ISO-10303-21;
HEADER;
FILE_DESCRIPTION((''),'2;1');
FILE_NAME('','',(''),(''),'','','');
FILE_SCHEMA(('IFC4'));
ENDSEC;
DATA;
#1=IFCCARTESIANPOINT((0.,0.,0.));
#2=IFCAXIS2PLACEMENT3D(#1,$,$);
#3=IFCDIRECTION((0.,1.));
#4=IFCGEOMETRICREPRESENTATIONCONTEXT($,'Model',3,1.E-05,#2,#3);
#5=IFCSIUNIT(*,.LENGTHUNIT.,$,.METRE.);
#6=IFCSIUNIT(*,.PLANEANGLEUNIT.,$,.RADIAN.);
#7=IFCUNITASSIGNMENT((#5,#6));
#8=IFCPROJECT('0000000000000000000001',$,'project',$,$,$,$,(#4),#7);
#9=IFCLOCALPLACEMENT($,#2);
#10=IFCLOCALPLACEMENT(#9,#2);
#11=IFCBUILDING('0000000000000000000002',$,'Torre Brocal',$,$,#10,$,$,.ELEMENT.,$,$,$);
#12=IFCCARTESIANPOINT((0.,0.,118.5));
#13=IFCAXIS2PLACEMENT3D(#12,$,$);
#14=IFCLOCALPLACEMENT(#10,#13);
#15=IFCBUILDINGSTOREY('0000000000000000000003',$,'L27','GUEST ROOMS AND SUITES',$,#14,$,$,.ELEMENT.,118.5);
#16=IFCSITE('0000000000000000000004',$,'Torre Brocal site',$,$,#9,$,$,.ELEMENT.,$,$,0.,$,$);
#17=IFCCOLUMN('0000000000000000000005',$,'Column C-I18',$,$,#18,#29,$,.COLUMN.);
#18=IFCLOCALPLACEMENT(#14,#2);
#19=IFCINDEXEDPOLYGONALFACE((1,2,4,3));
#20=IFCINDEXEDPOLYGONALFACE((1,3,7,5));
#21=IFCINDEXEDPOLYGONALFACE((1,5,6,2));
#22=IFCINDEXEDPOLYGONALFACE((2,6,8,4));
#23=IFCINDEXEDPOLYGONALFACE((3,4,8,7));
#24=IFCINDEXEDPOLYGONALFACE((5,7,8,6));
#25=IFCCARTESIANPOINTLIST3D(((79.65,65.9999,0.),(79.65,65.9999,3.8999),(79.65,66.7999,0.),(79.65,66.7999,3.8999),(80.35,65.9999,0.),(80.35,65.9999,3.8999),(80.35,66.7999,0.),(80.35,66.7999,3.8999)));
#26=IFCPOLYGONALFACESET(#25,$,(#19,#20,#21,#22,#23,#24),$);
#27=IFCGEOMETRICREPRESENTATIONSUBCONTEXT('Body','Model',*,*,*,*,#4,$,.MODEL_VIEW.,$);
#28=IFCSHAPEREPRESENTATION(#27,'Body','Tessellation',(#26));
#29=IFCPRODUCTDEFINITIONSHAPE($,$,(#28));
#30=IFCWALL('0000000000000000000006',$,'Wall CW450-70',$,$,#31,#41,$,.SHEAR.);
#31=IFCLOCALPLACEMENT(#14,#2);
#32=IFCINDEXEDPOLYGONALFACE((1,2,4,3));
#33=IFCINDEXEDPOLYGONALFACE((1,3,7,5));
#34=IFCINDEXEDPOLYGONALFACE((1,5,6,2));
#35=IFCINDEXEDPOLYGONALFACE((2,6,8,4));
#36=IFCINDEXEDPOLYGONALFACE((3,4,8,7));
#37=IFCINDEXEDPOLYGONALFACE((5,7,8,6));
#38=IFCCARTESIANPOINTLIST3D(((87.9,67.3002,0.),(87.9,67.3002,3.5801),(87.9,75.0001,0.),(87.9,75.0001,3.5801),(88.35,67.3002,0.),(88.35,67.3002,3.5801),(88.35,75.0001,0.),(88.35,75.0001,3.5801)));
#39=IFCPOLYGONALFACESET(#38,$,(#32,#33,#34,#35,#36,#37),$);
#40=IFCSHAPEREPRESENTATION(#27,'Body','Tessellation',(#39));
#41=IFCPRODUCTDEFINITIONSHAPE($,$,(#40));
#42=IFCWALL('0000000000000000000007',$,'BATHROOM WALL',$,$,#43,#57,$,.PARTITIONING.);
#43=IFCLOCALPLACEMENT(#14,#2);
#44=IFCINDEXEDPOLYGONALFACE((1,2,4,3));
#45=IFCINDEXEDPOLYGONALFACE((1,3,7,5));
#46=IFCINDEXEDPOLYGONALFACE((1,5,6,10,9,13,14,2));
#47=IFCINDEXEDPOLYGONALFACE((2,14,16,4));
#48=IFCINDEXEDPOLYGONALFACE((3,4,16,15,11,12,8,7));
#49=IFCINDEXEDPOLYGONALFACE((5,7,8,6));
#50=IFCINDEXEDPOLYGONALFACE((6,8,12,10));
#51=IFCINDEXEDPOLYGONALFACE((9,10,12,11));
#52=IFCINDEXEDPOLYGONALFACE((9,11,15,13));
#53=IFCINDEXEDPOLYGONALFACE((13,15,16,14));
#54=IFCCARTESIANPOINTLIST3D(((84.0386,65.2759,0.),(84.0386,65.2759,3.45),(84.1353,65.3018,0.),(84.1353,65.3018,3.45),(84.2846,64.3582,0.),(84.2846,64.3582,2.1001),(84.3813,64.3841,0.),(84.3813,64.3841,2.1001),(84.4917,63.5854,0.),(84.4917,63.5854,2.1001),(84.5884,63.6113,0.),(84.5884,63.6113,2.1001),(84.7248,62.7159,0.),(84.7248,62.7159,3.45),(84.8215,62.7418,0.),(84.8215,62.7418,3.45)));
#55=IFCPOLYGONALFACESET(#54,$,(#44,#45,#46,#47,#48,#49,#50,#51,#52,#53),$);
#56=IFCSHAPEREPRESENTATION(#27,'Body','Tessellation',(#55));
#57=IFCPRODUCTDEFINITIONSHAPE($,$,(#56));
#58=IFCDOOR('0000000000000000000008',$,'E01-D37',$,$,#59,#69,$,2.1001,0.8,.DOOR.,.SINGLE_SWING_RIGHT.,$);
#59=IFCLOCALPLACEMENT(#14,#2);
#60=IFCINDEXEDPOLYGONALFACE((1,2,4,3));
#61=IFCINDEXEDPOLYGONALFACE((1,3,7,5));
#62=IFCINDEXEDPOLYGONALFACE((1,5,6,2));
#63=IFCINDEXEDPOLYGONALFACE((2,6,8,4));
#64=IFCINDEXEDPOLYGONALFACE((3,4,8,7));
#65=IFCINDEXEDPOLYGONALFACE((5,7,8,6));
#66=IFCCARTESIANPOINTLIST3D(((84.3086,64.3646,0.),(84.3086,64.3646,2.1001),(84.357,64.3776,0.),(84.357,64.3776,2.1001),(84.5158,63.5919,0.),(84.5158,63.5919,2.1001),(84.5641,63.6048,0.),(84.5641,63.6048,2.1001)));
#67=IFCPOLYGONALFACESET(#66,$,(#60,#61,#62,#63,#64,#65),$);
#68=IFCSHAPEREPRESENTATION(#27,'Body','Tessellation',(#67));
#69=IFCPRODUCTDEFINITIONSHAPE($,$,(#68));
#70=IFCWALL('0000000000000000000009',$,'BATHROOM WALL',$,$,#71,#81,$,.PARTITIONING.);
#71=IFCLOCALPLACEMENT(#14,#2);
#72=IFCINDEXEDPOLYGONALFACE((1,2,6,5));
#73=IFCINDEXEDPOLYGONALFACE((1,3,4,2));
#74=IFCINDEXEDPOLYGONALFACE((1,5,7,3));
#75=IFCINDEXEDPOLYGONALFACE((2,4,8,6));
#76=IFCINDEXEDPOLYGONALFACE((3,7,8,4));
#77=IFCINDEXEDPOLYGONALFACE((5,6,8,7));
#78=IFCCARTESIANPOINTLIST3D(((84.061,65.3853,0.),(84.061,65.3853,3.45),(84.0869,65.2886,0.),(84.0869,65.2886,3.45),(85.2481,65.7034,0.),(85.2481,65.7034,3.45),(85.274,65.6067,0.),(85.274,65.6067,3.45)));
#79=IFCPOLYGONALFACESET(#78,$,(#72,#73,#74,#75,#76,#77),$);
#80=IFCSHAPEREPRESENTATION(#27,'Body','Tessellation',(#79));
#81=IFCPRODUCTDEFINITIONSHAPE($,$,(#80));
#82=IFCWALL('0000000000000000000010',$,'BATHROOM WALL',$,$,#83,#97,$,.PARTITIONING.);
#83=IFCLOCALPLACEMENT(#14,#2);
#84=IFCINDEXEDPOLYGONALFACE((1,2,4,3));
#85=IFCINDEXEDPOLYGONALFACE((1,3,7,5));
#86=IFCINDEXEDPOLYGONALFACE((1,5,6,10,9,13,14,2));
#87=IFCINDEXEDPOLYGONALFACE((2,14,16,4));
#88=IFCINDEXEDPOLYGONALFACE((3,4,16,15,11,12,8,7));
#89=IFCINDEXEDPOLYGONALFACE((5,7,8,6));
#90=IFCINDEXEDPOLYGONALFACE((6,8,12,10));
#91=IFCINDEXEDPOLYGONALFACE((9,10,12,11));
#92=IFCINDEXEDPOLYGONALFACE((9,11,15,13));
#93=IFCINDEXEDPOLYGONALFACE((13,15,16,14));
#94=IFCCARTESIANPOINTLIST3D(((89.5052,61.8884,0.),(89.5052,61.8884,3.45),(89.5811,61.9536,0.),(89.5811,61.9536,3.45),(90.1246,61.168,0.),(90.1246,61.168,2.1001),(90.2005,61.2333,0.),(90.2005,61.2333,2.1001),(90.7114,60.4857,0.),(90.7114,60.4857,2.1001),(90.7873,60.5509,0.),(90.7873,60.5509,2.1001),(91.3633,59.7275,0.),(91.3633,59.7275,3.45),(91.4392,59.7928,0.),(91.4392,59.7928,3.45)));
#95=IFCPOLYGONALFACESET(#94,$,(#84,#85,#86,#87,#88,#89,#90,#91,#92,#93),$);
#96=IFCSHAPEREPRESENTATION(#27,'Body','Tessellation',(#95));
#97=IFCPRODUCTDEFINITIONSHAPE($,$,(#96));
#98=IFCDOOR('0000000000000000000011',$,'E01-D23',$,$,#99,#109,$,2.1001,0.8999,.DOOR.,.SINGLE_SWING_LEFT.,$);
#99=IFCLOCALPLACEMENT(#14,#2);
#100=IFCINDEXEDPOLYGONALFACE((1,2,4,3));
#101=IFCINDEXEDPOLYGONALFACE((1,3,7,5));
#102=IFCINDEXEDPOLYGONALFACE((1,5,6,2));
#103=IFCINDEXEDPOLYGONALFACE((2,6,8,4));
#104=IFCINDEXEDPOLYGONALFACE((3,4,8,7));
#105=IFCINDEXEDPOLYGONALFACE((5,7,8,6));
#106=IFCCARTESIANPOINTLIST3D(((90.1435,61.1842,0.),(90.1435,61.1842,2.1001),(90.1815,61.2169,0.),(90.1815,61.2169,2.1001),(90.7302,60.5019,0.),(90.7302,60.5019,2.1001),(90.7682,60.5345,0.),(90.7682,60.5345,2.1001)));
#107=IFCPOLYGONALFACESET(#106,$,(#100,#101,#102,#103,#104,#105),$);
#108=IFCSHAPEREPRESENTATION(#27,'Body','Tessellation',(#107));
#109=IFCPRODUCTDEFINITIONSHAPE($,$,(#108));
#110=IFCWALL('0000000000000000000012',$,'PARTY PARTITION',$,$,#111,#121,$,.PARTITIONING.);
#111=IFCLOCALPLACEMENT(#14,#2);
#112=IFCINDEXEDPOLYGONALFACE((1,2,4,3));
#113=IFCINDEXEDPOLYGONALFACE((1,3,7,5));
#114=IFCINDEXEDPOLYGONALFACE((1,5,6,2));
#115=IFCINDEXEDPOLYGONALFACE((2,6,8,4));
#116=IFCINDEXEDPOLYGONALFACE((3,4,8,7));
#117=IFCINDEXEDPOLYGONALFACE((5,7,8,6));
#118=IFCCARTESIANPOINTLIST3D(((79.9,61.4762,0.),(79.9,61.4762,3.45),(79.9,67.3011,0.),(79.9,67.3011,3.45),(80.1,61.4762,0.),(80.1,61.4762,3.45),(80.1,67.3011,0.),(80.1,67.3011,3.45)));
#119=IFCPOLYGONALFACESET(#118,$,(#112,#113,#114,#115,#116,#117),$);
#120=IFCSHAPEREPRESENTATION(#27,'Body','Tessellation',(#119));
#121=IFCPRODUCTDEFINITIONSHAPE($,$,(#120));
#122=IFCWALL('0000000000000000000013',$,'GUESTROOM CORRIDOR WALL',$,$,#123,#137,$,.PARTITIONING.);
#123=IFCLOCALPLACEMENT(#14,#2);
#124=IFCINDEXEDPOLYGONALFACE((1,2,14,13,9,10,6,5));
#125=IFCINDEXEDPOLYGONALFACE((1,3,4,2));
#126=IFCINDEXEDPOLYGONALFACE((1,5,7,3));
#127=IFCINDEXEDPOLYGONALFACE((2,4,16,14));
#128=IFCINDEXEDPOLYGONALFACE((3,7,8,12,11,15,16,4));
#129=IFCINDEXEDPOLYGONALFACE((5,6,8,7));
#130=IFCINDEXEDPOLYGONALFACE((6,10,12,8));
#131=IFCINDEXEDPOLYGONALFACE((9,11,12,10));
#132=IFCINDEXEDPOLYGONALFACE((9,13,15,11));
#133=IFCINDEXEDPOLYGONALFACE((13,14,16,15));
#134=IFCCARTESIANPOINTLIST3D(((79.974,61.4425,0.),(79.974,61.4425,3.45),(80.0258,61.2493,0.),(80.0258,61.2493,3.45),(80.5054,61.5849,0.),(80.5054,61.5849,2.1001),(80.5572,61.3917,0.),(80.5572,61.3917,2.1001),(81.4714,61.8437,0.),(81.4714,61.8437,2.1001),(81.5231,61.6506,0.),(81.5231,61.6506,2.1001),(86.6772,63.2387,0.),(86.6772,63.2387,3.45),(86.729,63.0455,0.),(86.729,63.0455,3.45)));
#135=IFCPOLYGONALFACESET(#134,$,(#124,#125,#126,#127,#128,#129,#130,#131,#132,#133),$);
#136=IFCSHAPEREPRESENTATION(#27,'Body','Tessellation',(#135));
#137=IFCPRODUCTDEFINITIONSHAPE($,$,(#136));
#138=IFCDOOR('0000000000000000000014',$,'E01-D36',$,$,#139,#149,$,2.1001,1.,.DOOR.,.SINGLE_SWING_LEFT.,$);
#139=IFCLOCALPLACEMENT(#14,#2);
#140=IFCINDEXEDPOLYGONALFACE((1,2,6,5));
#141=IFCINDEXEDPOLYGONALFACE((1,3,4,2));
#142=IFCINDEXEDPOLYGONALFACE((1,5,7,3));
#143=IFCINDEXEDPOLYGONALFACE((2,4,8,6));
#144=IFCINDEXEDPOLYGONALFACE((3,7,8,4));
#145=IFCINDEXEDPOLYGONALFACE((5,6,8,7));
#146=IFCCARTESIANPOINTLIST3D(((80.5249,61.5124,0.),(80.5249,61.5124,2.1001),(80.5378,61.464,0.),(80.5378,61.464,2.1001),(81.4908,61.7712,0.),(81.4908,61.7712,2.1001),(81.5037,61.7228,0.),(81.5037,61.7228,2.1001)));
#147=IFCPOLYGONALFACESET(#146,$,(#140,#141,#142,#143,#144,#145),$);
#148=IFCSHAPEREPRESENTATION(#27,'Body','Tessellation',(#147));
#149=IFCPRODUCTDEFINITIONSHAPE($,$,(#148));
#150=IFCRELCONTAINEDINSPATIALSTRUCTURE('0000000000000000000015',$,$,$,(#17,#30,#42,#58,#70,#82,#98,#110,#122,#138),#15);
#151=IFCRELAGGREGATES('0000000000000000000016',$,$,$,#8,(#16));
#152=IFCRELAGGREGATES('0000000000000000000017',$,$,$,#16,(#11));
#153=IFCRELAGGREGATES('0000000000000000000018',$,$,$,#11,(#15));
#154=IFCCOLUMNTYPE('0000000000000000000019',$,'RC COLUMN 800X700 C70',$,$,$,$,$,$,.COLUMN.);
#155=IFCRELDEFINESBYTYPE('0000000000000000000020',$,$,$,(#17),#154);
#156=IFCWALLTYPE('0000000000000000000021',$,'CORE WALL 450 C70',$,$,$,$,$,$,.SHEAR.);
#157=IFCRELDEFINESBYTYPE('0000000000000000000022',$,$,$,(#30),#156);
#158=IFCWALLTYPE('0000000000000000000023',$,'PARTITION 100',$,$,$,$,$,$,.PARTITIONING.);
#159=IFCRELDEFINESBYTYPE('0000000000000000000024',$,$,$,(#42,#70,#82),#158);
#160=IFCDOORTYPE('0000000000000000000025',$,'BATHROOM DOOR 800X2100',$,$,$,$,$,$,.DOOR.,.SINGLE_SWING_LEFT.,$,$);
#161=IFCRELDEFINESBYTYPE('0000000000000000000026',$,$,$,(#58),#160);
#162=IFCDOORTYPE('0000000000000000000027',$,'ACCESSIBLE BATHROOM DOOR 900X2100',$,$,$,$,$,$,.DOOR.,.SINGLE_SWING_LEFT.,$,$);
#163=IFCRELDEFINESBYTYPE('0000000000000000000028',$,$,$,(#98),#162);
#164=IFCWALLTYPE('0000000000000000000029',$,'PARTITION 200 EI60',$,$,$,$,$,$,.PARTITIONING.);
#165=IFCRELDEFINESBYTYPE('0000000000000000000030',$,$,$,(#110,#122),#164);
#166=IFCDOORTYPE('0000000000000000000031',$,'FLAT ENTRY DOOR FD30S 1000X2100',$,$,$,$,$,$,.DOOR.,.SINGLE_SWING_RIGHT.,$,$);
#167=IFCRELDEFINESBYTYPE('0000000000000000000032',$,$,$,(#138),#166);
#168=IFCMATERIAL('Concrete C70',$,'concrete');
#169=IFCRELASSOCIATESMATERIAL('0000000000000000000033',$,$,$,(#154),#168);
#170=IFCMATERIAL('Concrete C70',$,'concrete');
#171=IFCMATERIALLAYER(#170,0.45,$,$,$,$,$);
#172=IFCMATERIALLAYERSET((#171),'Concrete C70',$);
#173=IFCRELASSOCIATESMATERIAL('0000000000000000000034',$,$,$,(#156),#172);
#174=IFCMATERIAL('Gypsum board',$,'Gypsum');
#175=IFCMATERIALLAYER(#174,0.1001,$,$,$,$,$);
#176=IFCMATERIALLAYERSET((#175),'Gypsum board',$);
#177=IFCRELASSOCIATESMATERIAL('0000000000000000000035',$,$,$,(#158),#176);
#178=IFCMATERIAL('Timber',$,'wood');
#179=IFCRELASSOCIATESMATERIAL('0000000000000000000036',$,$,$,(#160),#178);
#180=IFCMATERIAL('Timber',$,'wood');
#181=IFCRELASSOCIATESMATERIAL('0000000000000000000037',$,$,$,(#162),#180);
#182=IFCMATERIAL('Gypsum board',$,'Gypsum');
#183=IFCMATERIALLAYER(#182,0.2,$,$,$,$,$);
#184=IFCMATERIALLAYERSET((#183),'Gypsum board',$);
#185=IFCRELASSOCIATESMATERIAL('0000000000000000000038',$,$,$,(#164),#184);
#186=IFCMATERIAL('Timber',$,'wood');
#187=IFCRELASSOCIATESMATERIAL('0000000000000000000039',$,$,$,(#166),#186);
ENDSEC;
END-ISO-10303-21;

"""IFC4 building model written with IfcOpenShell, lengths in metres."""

from ifc_helpers import new_model, si_unit, direction, frame, frame_2d, origin, origin_2d, place, context, subcontext, project, spatial, rectangle, extrude, material, layer, layer_set, material_profile, profile_set, type_object, element, fill, save


model = new_model("IFC4")

# Units and contexts
model_context = context("Model", 3, precision=1e-05, world=origin(), true_north=direction((0.0, 1.0)))
body_context = subcontext(model_context, "Body", "Model", "MODEL_VIEW")
ifc_project = project(units=[si_unit("LENGTHUNIT", "METRE"), si_unit("PLANEANGLEUNIT", "RADIAN")], contexts=[model_context])

# Site, building, storey
site_placement = place(None, origin())
site = spatial("IfcSite", under=ifc_project, at=site_placement, Name="Torre Brocal site", CompositionType="ELEMENT", RefElevation=0.0)
building_placement = place(site_placement, origin())
building = spatial("IfcBuilding", under=site, at=building_placement, Name="Torre Brocal", CompositionType="ELEMENT")
storey_placement = place(building_placement, frame((0.0, 0.0, 118.5)))
storey = spatial("IfcBuildingStorey", under=building, at=storey_placement, Name="L27", Description="GUEST ROOMS AND SUITES", CompositionType="ELEMENT", Elevation=118.5)

# Column
ifc_material_1 = material(Name="Concrete C70", Category="concrete")
ifc_material_profile = material_profile(ifc_material_1, rectangle(XDim=0.8, YDim=0.7, at=origin_2d()), Name="RC 800X700")
ifc_profile_set = profile_set([ifc_material_profile], Name="Concrete C70")
column_type = type_object("IfcColumnType", Name="RC COLUMN 800X700 C70", PredefinedType="COLUMN", material=ifc_profile_set)
column_placement = place(storey_placement, frame((80.0, 66.3999, 0.0), z_axis=(0.0, 0.0, 1.0), x_axis=(0.0, -1.0, 0.0)))
element("IfcColumn", 1, at=column_placement, inside=storey, type_object=column_type, Name="Column C-I18", PredefinedType="COLUMN", context=body_context, shape_type="SweptSolid", body=[
    extrude(rectangle(XDim=0.8, YDim=0.7, at=origin_2d()), origin(), (0.0, 0.0, 1.0), 3.8999),
])

# Wall
ifc_material_2 = material(Name="Concrete C70", Category="concrete")
ifc_layer_1 = layer(ifc_material_2, 0.45)
ifc_layer_set_1 = layer_set([ifc_layer_1], Name="Concrete C70")
wall_type_1 = type_object("IfcWallType", Name="CORE WALL 450 C70", PredefinedType="SHEAR", material=ifc_layer_set_1)
wall_1_placement = place(storey_placement, frame((88.125, 67.3, 0.0), z_axis=(0.0, 0.0, 1.0), x_axis=(0.0, 1.0, 0.0)))
element("IfcWall", 2, at=wall_1_placement, inside=storey, type_object=wall_type_1, Name="Wall CW450-70", PredefinedType="SHEAR", context=body_context, shape_type="SweptSolid", body=[
    extrude(rectangle(XDim=7.7, YDim=0.45, at=frame_2d((3.8501, 0.0))), origin(), (0.0, 0.0, 1.0), 3.5801),
])

# Wall, opening, door
ifc_material_3 = material(Name="Gypsum board", Category="Gypsum")
ifc_layer_2 = layer(ifc_material_3, 0.1001)
ifc_layer_set_2 = layer_set([ifc_layer_2], Name="Gypsum board")
wall_type_2 = type_object("IfcWallType", Name="PARTITION 100", PredefinedType="PARTITIONING", material=ifc_layer_set_2)
wall_2_placement = place(storey_placement, frame((84.0869, 65.2888, 0.0), z_axis=(0.0, 0.0, 1.0), x_axis=(0.258929, -0.965896, 0.0)))
wall_2 = element("IfcWall", 3, at=wall_2_placement, inside=storey, type_object=wall_type_2, Name="BATHROOM WALL", PredefinedType="PARTITIONING", context=body_context, shape_type="SweptSolid", body=[
    extrude(rectangle(XDim=2.6504, YDim=0.1001, at=frame_2d((1.3252, 0.0))), origin(), (0.0, 0.0, 1.0), 3.45),
])
opening_1_placement = place(wall_2_placement, frame((0.9502, 0.0, 0.0)))
opening_1 = element("IfcOpeningElement", 4, at=opening_1_placement, cuts=wall_2, PredefinedType="OPENING", context=body_context, shape_type="SweptSolid", body=[
    extrude(rectangle(XDim=0.8, YDim=2.1001, at=frame_2d((0.3999, 1.05))), frame((0.0, 0.0601, 0.0), z_axis=(0.0, -1.0, 0.0), x_axis=(1.0, 0.0, 0.0)), (0.0, 0.0, 1.0), 0.1201),
])
ifc_material_4 = material(Name="Timber", Category="wood")
door_type_1 = type_object("IfcDoorType", Name="BATHROOM DOOR 800X2100", OperationType="SINGLE_SWING_LEFT", PredefinedType="DOOR", material=ifc_material_4)
door_1_placement = place(opening_1_placement, origin())
door_1 = element("IfcDoor", 5, at=door_1_placement, inside=storey, type_object=door_type_1, Name="E01-D37", OperationType="SINGLE_SWING_RIGHT", OverallHeight=2.1001, OverallWidth=0.8, PredefinedType="DOOR", context=body_context, shape_type="SweptSolid", body=[
    extrude(rectangle(XDim=0.8, YDim=2.1001, at=frame_2d((0.3999, 1.05))), frame((0.0, 0.0249, 0.0), z_axis=(0.0, -1.0, 0.0), x_axis=(1.0, 0.0, 0.0)), (0.0, 0.0, 1.0), 0.05),
])
fill(opening_1, door_1)

# Wall
wall_3_placement = place(storey_placement, frame((84.074, 65.3369, 0.0), z_axis=(0.0, 0.0, 1.0), x_axis=(0.965914, 0.258862, 0.0)))
element("IfcWall", 6, at=wall_3_placement, inside=storey, type_object=wall_type_2, Name="BATHROOM WALL", PredefinedType="PARTITIONING", context=body_context, shape_type="SweptSolid", body=[
    extrude(rectangle(XDim=1.229, YDim=0.1001, at=frame_2d((0.6145, 0.0))), origin(), (0.0, 0.0, 1.0), 3.45),
])

# Wall, opening, door
wall_4_placement = place(storey_placement, frame((89.5432, 61.9209, 0.0), z_axis=(0.0, 0.0, 1.0), x_axis=(0.651997, -0.758222, 0.0)))
wall_4 = element("IfcWall", 7, at=wall_4_placement, inside=storey, type_object=wall_type_2, Name="BATHROOM WALL", PredefinedType="PARTITIONING", context=body_context, shape_type="SweptSolid", body=[
    extrude(rectangle(XDim=2.8499, YDim=0.1001, at=frame_2d((1.4248, 0.0))), origin(), (0.0, 0.0, 1.0), 3.45),
])
opening_2_placement = place(wall_4_placement, frame((0.95, 0.0, 0.0)))
opening_2 = element("IfcOpeningElement", 8, at=opening_2_placement, cuts=wall_4, PredefinedType="OPENING", context=body_context, shape_type="SweptSolid", body=[
    extrude(rectangle(XDim=0.8999, YDim=2.1001, at=frame_2d((0.45, 1.05))), frame((0.0, 0.0601, 0.0), z_axis=(0.0, -1.0, 0.0), x_axis=(1.0, 0.0, 0.0)), (0.0, 0.0, 1.0), 0.1201),
])
ifc_material_5 = material(Name="Timber", Category="wood")
door_type_2 = type_object("IfcDoorType", Name="ACCESSIBLE BATHROOM DOOR 900X2100", OperationType="SINGLE_SWING_LEFT", PredefinedType="DOOR", material=ifc_material_5)
door_2_placement = place(opening_2_placement, origin())
door_2 = element("IfcDoor", 9, at=door_2_placement, inside=storey, type_object=door_type_2, Name="E01-D23", OperationType="SINGLE_SWING_LEFT", OverallHeight=2.1001, OverallWidth=0.8999, PredefinedType="DOOR", context=body_context, shape_type="SweptSolid", body=[
    extrude(rectangle(XDim=0.8999, YDim=2.1001, at=frame_2d((0.45, 1.05))), frame((0.0, 0.0249, 0.0), z_axis=(0.0, -1.0, 0.0), x_axis=(1.0, 0.0, 0.0)), (0.0, 0.0, 1.0), 0.05),
])
fill(opening_2, door_2)

# Wall
ifc_material_6 = material(Name="Gypsum board", Category="Gypsum")
ifc_layer_3 = layer(ifc_material_6, 0.2)
ifc_layer_set_3 = layer_set([ifc_layer_3], Name="Gypsum board")
wall_type_3 = type_object("IfcWallType", Name="PARTITION 200 EI60", PredefinedType="PARTITIONING", material=ifc_layer_set_3)
wall_5_placement = place(storey_placement, frame((80.0, 61.4761, 0.0), z_axis=(0.0, 0.0, 1.0), x_axis=(0.0, 1.0, 0.0)))
element("IfcWall", 10, at=wall_5_placement, inside=storey, type_object=wall_type_3, Name="PARTY PARTITION", PredefinedType="PARTITIONING", context=body_context, shape_type="SweptSolid", body=[
    extrude(rectangle(XDim=5.825, YDim=0.2, at=frame_2d((2.9126, 0.0))), origin(), (0.0, 0.0, 1.0), 3.45),
])

# Wall, opening, door
wall_6_placement = place(storey_placement, frame((80.0, 61.3459, 0.0), z_axis=(0.0, 0.0, 1.0), x_axis=(0.965924, 0.258825, 0.0)))
wall_6 = element("IfcWall", 11, at=wall_6_placement, inside=storey, type_object=wall_type_3, Name="GUESTROOM CORRIDOR WALL", PredefinedType="PARTITIONING", context=body_context, shape_type="SweptSolid", body=[
    extrude(rectangle(XDim=6.9397, YDim=0.2, at=frame_2d((3.4697, 0.0))), origin(), (0.0, 0.0, 1.0), 3.45),
])
opening_3_placement = place(wall_6_placement, frame((0.55, 0.0, 0.0)))
opening_3 = element("IfcOpeningElement", 12, at=opening_3_placement, cuts=wall_6, PredefinedType="OPENING", context=body_context, shape_type="SweptSolid", body=[
    extrude(rectangle(XDim=1.0, YDim=2.1001, at=frame_2d((0.5, 1.05))), frame((0.0, 0.1099, 0.0), z_axis=(0.0, -1.0, 0.0), x_axis=(1.0, 0.0, 0.0)), (0.0, 0.0, 1.0), 0.22),
])
ifc_material_7 = material(Name="Timber", Category="wood")
door_type_3 = type_object("IfcDoorType", Name="FLAT ENTRY DOOR FD30S 1000X2100", OperationType="SINGLE_SWING_RIGHT", PredefinedType="DOOR", material=ifc_material_7)
door_3_placement = place(opening_3_placement, origin())
door_3 = element("IfcDoor", 13, at=door_3_placement, inside=storey, type_object=door_type_3, Name="E01-D36", OperationType="SINGLE_SWING_LEFT", OverallHeight=2.1001, OverallWidth=1.0, PredefinedType="DOOR", context=body_context, shape_type="SweptSolid", body=[
    extrude(rectangle(XDim=1.0, YDim=2.1001, at=frame_2d((0.5, 1.05))), frame((0.0, 0.0249, 0.0), z_axis=(0.0, -1.0, 0.0), x_axis=(1.0, 0.0, 0.0)), (0.0, 0.0, 1.0), 0.05),
])
fill(opening_3, door_3)

save(model, "model.ifc")
